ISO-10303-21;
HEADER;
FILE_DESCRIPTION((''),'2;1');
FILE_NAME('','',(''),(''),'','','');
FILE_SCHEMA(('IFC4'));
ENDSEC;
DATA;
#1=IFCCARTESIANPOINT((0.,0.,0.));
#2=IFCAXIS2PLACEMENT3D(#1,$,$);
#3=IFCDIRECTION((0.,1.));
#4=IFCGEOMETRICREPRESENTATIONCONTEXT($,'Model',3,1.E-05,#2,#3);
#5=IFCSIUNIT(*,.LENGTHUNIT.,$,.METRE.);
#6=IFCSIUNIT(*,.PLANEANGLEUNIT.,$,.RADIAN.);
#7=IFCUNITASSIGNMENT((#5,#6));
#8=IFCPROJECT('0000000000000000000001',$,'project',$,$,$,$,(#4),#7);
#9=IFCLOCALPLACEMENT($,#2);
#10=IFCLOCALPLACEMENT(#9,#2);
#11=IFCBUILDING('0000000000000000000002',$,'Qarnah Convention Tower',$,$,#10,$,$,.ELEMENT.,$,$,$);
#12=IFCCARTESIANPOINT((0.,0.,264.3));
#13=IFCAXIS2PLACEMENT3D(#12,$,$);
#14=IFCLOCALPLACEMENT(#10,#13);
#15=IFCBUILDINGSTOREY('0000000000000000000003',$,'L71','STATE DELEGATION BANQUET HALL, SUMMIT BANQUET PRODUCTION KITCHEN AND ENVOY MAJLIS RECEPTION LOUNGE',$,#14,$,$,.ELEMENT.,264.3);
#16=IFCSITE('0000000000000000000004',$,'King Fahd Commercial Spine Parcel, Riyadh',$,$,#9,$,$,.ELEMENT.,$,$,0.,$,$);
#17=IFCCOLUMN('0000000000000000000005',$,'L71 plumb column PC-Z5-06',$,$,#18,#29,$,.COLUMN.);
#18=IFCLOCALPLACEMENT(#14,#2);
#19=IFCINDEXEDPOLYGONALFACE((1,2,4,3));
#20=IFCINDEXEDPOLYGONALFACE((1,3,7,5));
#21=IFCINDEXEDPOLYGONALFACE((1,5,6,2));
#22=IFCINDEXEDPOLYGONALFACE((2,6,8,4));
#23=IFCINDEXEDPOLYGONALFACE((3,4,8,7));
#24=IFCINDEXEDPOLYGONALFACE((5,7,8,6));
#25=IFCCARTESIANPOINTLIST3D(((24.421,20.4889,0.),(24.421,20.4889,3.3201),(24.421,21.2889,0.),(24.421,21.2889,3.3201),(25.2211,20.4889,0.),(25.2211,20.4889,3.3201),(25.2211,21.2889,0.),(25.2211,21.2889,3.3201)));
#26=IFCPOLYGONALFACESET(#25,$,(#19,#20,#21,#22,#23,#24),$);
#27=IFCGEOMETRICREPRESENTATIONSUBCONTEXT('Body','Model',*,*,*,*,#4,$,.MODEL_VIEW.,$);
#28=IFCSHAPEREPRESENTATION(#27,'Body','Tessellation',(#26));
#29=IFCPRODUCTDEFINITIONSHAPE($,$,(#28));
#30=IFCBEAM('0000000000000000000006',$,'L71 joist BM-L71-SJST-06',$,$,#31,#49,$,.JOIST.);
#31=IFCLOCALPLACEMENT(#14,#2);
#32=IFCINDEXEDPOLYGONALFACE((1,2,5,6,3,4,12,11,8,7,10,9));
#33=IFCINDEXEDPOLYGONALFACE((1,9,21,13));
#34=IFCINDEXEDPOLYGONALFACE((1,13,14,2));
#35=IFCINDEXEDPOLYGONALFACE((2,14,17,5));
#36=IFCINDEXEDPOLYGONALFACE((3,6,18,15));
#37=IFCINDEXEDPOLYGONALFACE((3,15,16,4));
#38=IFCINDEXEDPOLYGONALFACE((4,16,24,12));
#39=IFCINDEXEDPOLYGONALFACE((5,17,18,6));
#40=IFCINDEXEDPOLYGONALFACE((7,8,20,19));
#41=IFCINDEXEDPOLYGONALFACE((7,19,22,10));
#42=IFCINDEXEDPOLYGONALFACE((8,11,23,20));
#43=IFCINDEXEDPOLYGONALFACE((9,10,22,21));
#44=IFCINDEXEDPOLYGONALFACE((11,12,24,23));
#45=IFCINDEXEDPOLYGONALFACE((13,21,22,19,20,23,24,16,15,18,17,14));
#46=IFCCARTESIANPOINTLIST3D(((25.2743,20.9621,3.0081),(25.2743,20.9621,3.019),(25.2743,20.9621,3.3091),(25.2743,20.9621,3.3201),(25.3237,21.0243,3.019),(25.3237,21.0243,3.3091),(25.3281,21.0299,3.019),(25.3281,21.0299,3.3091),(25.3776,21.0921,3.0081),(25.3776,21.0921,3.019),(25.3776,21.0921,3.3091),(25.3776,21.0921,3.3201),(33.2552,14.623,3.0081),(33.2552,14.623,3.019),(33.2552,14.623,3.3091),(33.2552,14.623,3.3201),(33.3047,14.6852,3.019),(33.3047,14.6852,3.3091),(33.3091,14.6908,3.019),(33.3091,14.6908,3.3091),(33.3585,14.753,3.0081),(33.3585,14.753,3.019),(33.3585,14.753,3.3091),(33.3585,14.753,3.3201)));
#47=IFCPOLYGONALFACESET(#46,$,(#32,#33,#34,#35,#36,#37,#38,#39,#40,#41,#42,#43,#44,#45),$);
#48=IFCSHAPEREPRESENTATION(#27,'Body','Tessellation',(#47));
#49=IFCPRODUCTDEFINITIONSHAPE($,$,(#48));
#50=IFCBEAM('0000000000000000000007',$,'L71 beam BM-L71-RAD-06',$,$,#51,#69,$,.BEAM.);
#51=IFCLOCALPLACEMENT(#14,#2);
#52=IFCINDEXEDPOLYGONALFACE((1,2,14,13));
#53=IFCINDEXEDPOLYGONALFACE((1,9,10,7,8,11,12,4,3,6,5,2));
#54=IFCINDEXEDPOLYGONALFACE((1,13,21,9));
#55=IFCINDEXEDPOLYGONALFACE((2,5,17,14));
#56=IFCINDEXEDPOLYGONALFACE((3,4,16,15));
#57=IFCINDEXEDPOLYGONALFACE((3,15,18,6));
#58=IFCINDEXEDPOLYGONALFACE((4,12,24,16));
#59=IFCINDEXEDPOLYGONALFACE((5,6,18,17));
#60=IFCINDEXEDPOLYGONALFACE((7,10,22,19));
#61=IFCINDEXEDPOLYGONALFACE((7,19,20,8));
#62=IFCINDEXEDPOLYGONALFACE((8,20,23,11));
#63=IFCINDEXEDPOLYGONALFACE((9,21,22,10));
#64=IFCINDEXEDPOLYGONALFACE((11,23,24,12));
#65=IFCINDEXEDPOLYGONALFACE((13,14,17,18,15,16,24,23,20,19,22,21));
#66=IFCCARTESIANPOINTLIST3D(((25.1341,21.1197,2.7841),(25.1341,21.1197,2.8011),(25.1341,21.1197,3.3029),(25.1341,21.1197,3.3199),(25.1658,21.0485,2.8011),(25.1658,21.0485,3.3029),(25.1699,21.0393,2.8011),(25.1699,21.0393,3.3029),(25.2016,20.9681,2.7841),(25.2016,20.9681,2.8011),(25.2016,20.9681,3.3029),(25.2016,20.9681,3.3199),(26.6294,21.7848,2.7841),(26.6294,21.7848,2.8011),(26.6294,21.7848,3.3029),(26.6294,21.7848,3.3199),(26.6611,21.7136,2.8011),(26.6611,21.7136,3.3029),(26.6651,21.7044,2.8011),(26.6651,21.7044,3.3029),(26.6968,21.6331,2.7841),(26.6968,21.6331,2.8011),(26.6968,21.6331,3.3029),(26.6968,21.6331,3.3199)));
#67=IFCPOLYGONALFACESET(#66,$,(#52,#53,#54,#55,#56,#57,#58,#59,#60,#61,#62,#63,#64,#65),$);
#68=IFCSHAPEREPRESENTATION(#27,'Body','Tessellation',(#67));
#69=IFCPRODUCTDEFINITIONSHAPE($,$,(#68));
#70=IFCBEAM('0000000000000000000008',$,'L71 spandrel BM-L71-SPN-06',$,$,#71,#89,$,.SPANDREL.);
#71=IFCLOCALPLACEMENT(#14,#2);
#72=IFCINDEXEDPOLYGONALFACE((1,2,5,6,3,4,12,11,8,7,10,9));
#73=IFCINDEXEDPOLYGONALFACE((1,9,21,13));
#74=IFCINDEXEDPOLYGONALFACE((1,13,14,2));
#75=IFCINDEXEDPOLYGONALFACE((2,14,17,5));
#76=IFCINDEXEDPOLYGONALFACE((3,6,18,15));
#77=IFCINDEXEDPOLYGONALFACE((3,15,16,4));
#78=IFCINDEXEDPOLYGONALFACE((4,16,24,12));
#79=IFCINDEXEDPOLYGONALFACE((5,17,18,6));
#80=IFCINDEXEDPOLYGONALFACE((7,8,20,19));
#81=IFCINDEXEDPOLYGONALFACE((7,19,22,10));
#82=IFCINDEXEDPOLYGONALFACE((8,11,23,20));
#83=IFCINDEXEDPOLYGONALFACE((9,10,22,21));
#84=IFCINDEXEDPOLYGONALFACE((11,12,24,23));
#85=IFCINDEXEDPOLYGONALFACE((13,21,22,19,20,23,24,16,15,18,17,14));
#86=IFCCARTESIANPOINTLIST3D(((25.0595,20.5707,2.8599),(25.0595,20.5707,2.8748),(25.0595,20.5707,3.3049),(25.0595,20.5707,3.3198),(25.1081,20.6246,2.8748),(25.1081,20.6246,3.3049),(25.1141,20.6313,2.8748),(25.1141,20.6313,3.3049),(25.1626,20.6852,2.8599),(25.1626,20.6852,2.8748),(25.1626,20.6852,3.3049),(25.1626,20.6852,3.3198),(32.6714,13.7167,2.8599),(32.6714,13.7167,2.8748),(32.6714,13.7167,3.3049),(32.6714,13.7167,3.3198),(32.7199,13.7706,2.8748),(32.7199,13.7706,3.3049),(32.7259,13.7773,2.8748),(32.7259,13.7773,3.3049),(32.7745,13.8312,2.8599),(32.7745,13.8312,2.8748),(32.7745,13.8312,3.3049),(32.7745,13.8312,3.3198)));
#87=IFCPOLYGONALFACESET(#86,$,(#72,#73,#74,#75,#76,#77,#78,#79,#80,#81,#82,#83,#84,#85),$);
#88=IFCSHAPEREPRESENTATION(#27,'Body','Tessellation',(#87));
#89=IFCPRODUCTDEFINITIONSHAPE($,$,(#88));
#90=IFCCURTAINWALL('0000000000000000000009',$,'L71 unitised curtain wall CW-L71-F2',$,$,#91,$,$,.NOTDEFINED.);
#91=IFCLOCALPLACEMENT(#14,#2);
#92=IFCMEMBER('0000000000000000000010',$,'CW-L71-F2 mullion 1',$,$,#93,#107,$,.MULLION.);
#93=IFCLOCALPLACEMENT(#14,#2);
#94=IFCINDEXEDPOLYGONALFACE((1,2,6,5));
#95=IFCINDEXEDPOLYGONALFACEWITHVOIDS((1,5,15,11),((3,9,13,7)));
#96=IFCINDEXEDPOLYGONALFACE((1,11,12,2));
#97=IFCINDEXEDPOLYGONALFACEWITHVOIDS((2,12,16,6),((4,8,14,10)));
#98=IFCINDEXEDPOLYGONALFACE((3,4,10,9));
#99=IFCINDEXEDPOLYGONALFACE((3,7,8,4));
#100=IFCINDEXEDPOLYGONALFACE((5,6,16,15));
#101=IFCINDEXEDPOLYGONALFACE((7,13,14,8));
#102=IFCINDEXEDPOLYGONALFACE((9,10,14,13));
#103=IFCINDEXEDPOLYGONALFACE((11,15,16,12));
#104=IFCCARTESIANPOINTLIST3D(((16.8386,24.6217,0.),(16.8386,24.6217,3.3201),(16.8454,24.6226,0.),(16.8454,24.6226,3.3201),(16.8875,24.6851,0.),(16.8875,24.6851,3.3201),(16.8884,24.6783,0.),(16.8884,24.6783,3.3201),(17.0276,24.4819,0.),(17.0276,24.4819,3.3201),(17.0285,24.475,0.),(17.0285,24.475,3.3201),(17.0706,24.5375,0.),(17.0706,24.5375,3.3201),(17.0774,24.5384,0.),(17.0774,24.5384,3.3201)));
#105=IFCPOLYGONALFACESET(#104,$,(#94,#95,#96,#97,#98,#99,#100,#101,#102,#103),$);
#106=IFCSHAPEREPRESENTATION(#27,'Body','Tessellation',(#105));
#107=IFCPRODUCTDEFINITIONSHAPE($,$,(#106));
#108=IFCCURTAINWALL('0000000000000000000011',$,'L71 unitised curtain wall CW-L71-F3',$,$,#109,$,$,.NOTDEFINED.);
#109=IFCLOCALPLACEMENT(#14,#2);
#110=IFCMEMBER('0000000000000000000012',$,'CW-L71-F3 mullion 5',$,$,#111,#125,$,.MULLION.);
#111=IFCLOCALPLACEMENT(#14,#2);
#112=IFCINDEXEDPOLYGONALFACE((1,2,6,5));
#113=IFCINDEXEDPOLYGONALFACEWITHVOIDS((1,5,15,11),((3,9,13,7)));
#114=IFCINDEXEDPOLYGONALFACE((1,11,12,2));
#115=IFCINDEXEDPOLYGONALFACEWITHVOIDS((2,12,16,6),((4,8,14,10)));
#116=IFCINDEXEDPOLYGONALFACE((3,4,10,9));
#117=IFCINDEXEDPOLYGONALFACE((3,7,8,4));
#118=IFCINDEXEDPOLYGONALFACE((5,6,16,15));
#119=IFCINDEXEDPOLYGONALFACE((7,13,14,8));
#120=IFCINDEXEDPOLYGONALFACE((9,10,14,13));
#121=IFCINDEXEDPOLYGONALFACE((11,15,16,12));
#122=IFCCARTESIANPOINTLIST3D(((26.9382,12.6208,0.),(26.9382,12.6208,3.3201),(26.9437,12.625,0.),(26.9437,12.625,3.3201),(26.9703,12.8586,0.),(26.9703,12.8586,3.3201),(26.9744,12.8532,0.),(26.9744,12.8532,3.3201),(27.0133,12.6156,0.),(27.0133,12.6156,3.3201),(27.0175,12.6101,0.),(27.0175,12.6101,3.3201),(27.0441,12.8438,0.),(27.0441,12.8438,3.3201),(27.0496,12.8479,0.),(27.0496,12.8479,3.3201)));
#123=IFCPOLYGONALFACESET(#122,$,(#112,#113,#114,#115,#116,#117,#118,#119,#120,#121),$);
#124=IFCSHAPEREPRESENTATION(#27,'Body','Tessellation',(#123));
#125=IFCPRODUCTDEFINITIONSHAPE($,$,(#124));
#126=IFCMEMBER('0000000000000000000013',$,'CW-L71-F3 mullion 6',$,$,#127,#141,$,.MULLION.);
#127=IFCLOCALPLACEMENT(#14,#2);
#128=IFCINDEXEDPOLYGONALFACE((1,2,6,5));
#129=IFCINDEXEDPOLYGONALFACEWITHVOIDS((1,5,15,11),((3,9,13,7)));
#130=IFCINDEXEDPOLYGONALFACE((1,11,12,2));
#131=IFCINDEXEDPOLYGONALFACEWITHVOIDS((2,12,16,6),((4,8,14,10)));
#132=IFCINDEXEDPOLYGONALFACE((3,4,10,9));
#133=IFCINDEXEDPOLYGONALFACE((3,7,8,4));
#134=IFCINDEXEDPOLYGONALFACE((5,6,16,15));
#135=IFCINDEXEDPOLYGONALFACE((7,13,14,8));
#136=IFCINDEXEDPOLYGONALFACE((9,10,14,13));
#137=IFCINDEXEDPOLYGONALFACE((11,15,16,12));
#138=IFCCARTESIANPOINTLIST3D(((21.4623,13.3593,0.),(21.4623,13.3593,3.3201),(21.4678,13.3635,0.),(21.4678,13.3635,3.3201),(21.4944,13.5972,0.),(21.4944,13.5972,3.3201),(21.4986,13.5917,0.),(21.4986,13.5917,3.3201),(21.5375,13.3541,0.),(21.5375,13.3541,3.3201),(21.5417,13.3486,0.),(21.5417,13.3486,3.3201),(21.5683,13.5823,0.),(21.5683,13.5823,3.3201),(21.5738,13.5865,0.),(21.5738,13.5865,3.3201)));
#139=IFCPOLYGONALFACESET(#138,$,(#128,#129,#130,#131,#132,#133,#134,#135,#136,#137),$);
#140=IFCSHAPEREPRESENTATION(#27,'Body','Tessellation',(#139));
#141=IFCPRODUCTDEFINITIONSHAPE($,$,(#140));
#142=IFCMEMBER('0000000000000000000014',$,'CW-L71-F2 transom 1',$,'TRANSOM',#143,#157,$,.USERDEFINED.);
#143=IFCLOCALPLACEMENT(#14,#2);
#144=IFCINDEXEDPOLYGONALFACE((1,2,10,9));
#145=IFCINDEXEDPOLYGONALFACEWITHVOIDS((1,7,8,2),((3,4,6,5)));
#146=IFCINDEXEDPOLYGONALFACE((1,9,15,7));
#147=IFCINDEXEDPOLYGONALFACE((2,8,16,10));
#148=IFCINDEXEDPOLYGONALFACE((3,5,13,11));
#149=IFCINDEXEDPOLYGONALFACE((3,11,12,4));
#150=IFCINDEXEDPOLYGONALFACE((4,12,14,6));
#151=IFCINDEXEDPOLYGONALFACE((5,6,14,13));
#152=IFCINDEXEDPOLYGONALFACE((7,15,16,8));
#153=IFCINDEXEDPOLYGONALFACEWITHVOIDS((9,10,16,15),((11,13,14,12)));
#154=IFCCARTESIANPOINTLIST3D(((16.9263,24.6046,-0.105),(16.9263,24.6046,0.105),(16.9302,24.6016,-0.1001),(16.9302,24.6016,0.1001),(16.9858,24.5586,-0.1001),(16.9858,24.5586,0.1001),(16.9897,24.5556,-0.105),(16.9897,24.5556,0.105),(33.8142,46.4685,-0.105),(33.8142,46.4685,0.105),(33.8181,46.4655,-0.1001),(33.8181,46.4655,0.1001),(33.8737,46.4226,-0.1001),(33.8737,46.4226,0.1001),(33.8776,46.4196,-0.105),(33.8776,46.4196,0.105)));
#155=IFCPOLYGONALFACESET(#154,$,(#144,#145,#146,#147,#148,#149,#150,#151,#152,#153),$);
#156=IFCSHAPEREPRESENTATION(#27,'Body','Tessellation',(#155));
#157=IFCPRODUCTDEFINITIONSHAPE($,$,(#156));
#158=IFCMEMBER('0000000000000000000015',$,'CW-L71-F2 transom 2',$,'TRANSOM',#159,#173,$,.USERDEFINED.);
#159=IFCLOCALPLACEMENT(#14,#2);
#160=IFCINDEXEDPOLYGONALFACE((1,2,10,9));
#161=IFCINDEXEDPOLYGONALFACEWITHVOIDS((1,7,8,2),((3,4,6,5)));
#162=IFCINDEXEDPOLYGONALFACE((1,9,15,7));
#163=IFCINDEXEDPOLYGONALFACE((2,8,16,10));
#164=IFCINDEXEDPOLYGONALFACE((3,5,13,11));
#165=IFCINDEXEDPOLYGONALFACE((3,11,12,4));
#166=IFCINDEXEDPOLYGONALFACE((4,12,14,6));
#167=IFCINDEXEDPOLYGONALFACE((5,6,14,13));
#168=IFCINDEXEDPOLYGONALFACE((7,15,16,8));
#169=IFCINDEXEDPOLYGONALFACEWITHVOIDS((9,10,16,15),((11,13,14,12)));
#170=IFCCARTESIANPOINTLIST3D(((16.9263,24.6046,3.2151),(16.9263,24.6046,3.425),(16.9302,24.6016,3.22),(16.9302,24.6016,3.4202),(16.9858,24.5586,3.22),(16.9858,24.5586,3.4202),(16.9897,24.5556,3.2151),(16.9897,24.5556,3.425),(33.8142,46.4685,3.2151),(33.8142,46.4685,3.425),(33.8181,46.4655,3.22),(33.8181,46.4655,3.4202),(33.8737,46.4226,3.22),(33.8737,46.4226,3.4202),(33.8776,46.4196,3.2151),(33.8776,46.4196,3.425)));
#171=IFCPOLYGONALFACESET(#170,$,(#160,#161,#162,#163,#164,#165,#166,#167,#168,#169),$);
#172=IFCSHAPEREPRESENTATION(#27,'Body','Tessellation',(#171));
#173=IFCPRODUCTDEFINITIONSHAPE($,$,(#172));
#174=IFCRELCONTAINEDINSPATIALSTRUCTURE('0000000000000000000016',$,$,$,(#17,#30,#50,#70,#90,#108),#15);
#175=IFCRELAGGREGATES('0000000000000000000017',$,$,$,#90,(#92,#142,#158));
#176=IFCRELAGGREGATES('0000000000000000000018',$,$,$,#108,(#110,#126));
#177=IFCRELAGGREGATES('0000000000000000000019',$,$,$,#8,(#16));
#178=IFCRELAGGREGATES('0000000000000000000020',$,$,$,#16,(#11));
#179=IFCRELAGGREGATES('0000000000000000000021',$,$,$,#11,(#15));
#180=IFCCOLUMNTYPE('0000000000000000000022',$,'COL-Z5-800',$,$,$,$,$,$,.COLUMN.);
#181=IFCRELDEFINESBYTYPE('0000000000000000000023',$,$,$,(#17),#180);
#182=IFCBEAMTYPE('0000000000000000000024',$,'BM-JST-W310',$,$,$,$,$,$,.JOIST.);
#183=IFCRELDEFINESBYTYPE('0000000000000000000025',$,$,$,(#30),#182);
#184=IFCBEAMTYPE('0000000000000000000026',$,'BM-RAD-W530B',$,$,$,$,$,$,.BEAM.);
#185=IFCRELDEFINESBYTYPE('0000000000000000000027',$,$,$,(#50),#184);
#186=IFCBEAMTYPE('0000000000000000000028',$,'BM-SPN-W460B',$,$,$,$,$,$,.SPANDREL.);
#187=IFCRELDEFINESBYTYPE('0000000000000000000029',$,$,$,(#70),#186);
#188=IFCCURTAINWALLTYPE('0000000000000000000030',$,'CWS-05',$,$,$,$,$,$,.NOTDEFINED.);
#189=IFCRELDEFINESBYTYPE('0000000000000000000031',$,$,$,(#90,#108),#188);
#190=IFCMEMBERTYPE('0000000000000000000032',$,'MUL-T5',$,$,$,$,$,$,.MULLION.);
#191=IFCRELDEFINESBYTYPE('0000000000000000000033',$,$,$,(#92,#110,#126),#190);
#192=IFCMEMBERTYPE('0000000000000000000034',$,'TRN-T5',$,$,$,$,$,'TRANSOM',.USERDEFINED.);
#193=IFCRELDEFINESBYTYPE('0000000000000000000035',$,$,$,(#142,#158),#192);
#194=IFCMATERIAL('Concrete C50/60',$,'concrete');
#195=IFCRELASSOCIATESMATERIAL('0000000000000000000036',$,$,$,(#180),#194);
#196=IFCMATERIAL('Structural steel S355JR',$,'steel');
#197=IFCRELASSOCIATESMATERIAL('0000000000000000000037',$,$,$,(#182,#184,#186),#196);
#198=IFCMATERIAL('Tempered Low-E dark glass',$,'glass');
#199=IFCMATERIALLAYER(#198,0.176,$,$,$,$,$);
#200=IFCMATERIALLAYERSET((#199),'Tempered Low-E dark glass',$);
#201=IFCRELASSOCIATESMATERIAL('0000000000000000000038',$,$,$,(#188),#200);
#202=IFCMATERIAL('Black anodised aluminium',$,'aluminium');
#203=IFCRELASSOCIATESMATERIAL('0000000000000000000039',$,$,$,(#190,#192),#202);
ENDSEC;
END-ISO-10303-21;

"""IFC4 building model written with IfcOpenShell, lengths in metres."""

from ifc_helpers import new_model, si_unit, direction, frame, origin, origin_2d, place, context, subcontext, project, spatial, rectangle, hollow_rectangle, i_section, extrude, material, layer, layer_set, material_profile, profile_set, type_object, element, aggregate, save


model = new_model("IFC4")

# Units and contexts
model_context = context("Model", 3, precision=1e-05, world=origin(), true_north=direction((0.0, 1.0)))
body_context = subcontext(model_context, "Body", "Model", "MODEL_VIEW")
ifc_project = project(units=[si_unit("LENGTHUNIT", "METRE"), si_unit("PLANEANGLEUNIT", "RADIAN")], contexts=[model_context])

# Site, building, storey
site_placement = place(None, origin())
site = spatial("IfcSite", under=ifc_project, at=site_placement, Name="King Fahd Commercial Spine Parcel, Riyadh", CompositionType="ELEMENT", RefElevation=0.0)
building_placement = place(site_placement, origin())
building = spatial("IfcBuilding", under=site, at=building_placement, Name="Qarnah Convention Tower", CompositionType="ELEMENT")
storey_placement = place(building_placement, frame((0.0, 0.0, 264.3)))
storey = spatial("IfcBuildingStorey", under=building, at=storey_placement, Name="L71", Description="STATE DELEGATION BANQUET HALL, SUMMIT BANQUET PRODUCTION KITCHEN AND ENVOY MAJLIS RECEPTION LOUNGE", CompositionType="ELEMENT", Elevation=264.3)

# Column
ifc_material_1 = material(Name="Concrete C50/60", Category="concrete")
ifc_material_profile_1 = material_profile(ifc_material_1, rectangle(XDim=0.8, YDim=0.8, at=origin_2d()), Name="RC-COL-800X800")
ifc_profile_set_1 = profile_set([ifc_material_profile_1], Name="Concrete C50/60")
column_type = type_object("IfcColumnType", Name="COL-Z5-800", PredefinedType="COLUMN", material=ifc_profile_set_1)
column_placement = place(storey_placement, frame((24.821, 20.8889, 0.0), z_axis=(0.0, 0.0, 1.0), x_axis=(1.0, 0.0, 0.0)))
element("IfcColumn", 1, at=column_placement, inside=storey, type_object=column_type, Name="L71 plumb column PC-Z5-06", PredefinedType="COLUMN", context=body_context, shape_type="SweptSolid", body=[
    extrude(rectangle(XDim=0.8, YDim=0.8, at=origin_2d()), origin(), (0.0, 0.0, 1.0), 3.3201),
])

# Beams
ifc_material_2 = material(Name="Structural steel S355JR", Category="steel")
ifc_material_profile_2 = material_profile(ifc_material_2, i_section(OverallWidth=0.166, OverallDepth=0.312, WebThickness=0.0071, FlangeThickness=0.011, at=origin_2d()), Name="W310X45")
ifc_profile_set_2 = profile_set([ifc_material_profile_2], Name="Structural steel S355JR")
beam_type_1 = type_object("IfcBeamType", Name="BM-JST-W310", PredefinedType="JOIST", material=ifc_profile_set_2)
beam_1_placement = place(storey_placement, frame((25.3259, 21.0271, 3.1641), z_axis=(0.783049, -0.62196, 0.0), x_axis=(0.62196, 0.783049, 0.0)))
element("IfcBeam", 2, at=beam_1_placement, inside=storey, type_object=beam_type_1, Name="L71 joist BM-L71-SJST-06", PredefinedType="JOIST", context=body_context, shape_type="SweptSolid", body=[
    extrude(i_section(OverallWidth=0.166, OverallDepth=0.312, WebThickness=0.0071, FlangeThickness=0.011, at=origin_2d()), origin(), (0.0, 0.0, 1.0), 10.1921),
])
ifc_material_profile_3 = material_profile(ifc_material_2, i_section(OverallWidth=0.166, OverallDepth=0.5359, WebThickness=0.01, FlangeThickness=0.0171, at=origin_2d()), Name="W530X85")
ifc_profile_set_3 = profile_set([ifc_material_profile_3], Name="Structural steel S355JR")
beam_type_2 = type_object("IfcBeamType", Name="BM-RAD-W530B", PredefinedType="BEAM", material=ifc_profile_set_3)
beam_2_placement = place(storey_placement, frame((26.6631, 21.709, 3.052), z_axis=(-0.913688, -0.406415, 0.0), x_axis=(0.406415, -0.913688, 0.0)))
element("IfcBeam", 3, at=beam_2_placement, inside=storey, type_object=beam_type_2, Name="L71 beam BM-L71-RAD-06", PredefinedType="BEAM", context=body_context, shape_type="SweptSolid", body=[
    extrude(i_section(OverallWidth=0.166, OverallDepth=0.5359, WebThickness=0.01, FlangeThickness=0.0171, at=origin_2d()), origin(), (0.0, 0.0, 1.0), 1.6365),
])
ifc_material_profile_4 = material_profile(ifc_material_2, i_section(OverallWidth=0.1541, OverallDepth=0.46, WebThickness=0.009, FlangeThickness=0.0149, at=origin_2d()), Name="W460X68")
ifc_profile_set_4 = profile_set([ifc_material_profile_4], Name="Structural steel S355JR")
beam_type_3 = type_object("IfcBeamType", Name="BM-SPN-W460B", PredefinedType="SPANDREL", material=ifc_profile_set_4)
beam_3_placement = place(storey_placement, frame((25.1111, 20.6279, 3.0898), z_axis=(0.743131, -0.669146, 0.0), x_axis=(0.669146, 0.743131, 0.0)))
element("IfcBeam", 4, at=beam_3_placement, inside=storey, type_object=beam_type_3, Name="L71 spandrel BM-L71-SPN-06", PredefinedType="SPANDREL", context=body_context, shape_type="SweptSolid", body=[
    extrude(i_section(OverallWidth=0.1541, OverallDepth=0.46, WebThickness=0.009, FlangeThickness=0.0149, at=origin_2d()), origin(), (0.0, 0.0, 1.0), 10.2429),
])

# Curtain wall, member
ifc_material_3 = material(Name="Tempered Low-E dark glass", Category="glass")
ifc_layer_1 = layer(ifc_material_3, 0.176)
ifc_layer_set_1 = layer_set([ifc_layer_1], Name="Tempered Low-E dark glass")
curtain_wall_type = type_object("IfcCurtainWallType", Name="CWS-05", PredefinedType="NOTDEFINED", material=ifc_layer_set_1)
curtain_wall_1_placement = place(storey_placement, origin())
curtain_wall_1 = element("IfcCurtainWall", 5, at=curtain_wall_1_placement, inside=storey, type_object=curtain_wall_type, Name="L71 unitised curtain wall CW-L71-F2", PredefinedType="NOTDEFINED")
ifc_material_4 = material(Name="Black anodised aluminium", Category="aluminium")
ifc_material_profile_5 = material_profile(ifc_material_4, hollow_rectangle(XDim=0.0801, YDim=0.24, WallThickness=0.0049, at=origin_2d()), Name="MUL-80X240")
ifc_profile_set_5 = profile_set([ifc_material_profile_5], Name="Black anodised aluminium")
member_type_1 = type_object("IfcMemberType", Name="MUL-T5", PredefinedType="MULLION", material=ifc_profile_set_5)
member_1_placement = place(storey_placement, frame((16.958, 24.5801, 0.0), z_axis=(0.0, 0.0, 1.0), x_axis=(0.611291, 0.791406, 0.0)))
member_1 = element("IfcMember", 6, at=member_1_placement, type_object=member_type_1, Name="CW-L71-F2 mullion 1", PredefinedType="MULLION", context=body_context, shape_type="SweptSolid", body=[
    extrude(hollow_rectangle(XDim=0.0801, YDim=0.24, WallThickness=0.0049, at=origin_2d()), origin(), (0.0, 0.0, 1.0), 3.3201),
])

# Curtain wall, members
curtain_wall_2_placement = place(storey_placement, origin())
curtain_wall_2 = element("IfcCurtainWall", 7, at=curtain_wall_2_placement, inside=storey, type_object=curtain_wall_type, Name="L71 unitised curtain wall CW-L71-F3", PredefinedType="NOTDEFINED")
member_2_placement = place(storey_placement, frame((26.9939, 12.7344, 0.0), z_axis=(0.0, 0.0, 1.0), x_axis=(-0.991025, 0.133674, 0.0)))
member_2 = element("IfcMember", 8, at=member_2_placement, type_object=member_type_1, Name="CW-L71-F3 mullion 5", PredefinedType="MULLION", context=body_context, shape_type="SweptSolid", body=[
    extrude(hollow_rectangle(XDim=0.0801, YDim=0.24, WallThickness=0.0049, at=origin_2d()), origin(), (0.0, 0.0, 1.0), 3.3201),
])
member_3_placement = place(storey_placement, frame((21.5181, 13.4729, 0.0), z_axis=(0.0, 0.0, 1.0), x_axis=(-0.991025, 0.133674, 0.0)))
member_3 = element("IfcMember", 9, at=member_3_placement, type_object=member_type_1, Name="CW-L71-F3 mullion 6", PredefinedType="MULLION", context=body_context, shape_type="SweptSolid", body=[
    extrude(hollow_rectangle(XDim=0.0801, YDim=0.24, WallThickness=0.0049, at=origin_2d()), origin(), (0.0, 0.0, 1.0), 3.3201),
])

# Members
ifc_material_profile_6 = material_profile(ifc_material_4, hollow_rectangle(XDim=0.0801, YDim=0.21, WallThickness=0.0049, at=origin_2d()), Name="TRN-80X210")
ifc_profile_set_6 = profile_set([ifc_material_profile_6], Name="Black anodised aluminium")
member_type_2 = type_object("IfcMemberType", Name="TRN-T5", ElementType="TRANSOM", PredefinedType="USERDEFINED", material=ifc_profile_set_6)
member_4_placement = place(storey_placement, frame((16.958, 24.5801, 0.0), z_axis=(0.611289, 0.791407, 0.0), x_axis=(-0.791407, 0.611289, 0.0)))
member_4 = element("IfcMember", 10, at=member_4_placement, type_object=member_type_2, Name="CW-L71-F2 transom 1", ObjectType="TRANSOM", PredefinedType="USERDEFINED", context=body_context, shape_type="SweptSolid", body=[
    extrude(hollow_rectangle(XDim=0.0801, YDim=0.21, WallThickness=0.0049, at=origin_2d()), origin(), (0.0, 0.0, 1.0), 27.6267),
])
member_5_placement = place(storey_placement, frame((16.958, 24.5801, 3.3201), z_axis=(0.611289, 0.791407, 0.0), x_axis=(-0.791407, 0.611289, 0.0)))
member_5 = element("IfcMember", 11, at=member_5_placement, type_object=member_type_2, Name="CW-L71-F2 transom 2", ObjectType="TRANSOM", PredefinedType="USERDEFINED", context=body_context, shape_type="SweptSolid", body=[
    extrude(hollow_rectangle(XDim=0.0801, YDim=0.21, WallThickness=0.0049, at=origin_2d()), origin(), (0.0, 0.0, 1.0), 27.6267),
])
aggregate(curtain_wall_1, [member_1, member_4, member_5])

aggregate(curtain_wall_2, [member_2, member_3])

save(model, "model.ifc")
